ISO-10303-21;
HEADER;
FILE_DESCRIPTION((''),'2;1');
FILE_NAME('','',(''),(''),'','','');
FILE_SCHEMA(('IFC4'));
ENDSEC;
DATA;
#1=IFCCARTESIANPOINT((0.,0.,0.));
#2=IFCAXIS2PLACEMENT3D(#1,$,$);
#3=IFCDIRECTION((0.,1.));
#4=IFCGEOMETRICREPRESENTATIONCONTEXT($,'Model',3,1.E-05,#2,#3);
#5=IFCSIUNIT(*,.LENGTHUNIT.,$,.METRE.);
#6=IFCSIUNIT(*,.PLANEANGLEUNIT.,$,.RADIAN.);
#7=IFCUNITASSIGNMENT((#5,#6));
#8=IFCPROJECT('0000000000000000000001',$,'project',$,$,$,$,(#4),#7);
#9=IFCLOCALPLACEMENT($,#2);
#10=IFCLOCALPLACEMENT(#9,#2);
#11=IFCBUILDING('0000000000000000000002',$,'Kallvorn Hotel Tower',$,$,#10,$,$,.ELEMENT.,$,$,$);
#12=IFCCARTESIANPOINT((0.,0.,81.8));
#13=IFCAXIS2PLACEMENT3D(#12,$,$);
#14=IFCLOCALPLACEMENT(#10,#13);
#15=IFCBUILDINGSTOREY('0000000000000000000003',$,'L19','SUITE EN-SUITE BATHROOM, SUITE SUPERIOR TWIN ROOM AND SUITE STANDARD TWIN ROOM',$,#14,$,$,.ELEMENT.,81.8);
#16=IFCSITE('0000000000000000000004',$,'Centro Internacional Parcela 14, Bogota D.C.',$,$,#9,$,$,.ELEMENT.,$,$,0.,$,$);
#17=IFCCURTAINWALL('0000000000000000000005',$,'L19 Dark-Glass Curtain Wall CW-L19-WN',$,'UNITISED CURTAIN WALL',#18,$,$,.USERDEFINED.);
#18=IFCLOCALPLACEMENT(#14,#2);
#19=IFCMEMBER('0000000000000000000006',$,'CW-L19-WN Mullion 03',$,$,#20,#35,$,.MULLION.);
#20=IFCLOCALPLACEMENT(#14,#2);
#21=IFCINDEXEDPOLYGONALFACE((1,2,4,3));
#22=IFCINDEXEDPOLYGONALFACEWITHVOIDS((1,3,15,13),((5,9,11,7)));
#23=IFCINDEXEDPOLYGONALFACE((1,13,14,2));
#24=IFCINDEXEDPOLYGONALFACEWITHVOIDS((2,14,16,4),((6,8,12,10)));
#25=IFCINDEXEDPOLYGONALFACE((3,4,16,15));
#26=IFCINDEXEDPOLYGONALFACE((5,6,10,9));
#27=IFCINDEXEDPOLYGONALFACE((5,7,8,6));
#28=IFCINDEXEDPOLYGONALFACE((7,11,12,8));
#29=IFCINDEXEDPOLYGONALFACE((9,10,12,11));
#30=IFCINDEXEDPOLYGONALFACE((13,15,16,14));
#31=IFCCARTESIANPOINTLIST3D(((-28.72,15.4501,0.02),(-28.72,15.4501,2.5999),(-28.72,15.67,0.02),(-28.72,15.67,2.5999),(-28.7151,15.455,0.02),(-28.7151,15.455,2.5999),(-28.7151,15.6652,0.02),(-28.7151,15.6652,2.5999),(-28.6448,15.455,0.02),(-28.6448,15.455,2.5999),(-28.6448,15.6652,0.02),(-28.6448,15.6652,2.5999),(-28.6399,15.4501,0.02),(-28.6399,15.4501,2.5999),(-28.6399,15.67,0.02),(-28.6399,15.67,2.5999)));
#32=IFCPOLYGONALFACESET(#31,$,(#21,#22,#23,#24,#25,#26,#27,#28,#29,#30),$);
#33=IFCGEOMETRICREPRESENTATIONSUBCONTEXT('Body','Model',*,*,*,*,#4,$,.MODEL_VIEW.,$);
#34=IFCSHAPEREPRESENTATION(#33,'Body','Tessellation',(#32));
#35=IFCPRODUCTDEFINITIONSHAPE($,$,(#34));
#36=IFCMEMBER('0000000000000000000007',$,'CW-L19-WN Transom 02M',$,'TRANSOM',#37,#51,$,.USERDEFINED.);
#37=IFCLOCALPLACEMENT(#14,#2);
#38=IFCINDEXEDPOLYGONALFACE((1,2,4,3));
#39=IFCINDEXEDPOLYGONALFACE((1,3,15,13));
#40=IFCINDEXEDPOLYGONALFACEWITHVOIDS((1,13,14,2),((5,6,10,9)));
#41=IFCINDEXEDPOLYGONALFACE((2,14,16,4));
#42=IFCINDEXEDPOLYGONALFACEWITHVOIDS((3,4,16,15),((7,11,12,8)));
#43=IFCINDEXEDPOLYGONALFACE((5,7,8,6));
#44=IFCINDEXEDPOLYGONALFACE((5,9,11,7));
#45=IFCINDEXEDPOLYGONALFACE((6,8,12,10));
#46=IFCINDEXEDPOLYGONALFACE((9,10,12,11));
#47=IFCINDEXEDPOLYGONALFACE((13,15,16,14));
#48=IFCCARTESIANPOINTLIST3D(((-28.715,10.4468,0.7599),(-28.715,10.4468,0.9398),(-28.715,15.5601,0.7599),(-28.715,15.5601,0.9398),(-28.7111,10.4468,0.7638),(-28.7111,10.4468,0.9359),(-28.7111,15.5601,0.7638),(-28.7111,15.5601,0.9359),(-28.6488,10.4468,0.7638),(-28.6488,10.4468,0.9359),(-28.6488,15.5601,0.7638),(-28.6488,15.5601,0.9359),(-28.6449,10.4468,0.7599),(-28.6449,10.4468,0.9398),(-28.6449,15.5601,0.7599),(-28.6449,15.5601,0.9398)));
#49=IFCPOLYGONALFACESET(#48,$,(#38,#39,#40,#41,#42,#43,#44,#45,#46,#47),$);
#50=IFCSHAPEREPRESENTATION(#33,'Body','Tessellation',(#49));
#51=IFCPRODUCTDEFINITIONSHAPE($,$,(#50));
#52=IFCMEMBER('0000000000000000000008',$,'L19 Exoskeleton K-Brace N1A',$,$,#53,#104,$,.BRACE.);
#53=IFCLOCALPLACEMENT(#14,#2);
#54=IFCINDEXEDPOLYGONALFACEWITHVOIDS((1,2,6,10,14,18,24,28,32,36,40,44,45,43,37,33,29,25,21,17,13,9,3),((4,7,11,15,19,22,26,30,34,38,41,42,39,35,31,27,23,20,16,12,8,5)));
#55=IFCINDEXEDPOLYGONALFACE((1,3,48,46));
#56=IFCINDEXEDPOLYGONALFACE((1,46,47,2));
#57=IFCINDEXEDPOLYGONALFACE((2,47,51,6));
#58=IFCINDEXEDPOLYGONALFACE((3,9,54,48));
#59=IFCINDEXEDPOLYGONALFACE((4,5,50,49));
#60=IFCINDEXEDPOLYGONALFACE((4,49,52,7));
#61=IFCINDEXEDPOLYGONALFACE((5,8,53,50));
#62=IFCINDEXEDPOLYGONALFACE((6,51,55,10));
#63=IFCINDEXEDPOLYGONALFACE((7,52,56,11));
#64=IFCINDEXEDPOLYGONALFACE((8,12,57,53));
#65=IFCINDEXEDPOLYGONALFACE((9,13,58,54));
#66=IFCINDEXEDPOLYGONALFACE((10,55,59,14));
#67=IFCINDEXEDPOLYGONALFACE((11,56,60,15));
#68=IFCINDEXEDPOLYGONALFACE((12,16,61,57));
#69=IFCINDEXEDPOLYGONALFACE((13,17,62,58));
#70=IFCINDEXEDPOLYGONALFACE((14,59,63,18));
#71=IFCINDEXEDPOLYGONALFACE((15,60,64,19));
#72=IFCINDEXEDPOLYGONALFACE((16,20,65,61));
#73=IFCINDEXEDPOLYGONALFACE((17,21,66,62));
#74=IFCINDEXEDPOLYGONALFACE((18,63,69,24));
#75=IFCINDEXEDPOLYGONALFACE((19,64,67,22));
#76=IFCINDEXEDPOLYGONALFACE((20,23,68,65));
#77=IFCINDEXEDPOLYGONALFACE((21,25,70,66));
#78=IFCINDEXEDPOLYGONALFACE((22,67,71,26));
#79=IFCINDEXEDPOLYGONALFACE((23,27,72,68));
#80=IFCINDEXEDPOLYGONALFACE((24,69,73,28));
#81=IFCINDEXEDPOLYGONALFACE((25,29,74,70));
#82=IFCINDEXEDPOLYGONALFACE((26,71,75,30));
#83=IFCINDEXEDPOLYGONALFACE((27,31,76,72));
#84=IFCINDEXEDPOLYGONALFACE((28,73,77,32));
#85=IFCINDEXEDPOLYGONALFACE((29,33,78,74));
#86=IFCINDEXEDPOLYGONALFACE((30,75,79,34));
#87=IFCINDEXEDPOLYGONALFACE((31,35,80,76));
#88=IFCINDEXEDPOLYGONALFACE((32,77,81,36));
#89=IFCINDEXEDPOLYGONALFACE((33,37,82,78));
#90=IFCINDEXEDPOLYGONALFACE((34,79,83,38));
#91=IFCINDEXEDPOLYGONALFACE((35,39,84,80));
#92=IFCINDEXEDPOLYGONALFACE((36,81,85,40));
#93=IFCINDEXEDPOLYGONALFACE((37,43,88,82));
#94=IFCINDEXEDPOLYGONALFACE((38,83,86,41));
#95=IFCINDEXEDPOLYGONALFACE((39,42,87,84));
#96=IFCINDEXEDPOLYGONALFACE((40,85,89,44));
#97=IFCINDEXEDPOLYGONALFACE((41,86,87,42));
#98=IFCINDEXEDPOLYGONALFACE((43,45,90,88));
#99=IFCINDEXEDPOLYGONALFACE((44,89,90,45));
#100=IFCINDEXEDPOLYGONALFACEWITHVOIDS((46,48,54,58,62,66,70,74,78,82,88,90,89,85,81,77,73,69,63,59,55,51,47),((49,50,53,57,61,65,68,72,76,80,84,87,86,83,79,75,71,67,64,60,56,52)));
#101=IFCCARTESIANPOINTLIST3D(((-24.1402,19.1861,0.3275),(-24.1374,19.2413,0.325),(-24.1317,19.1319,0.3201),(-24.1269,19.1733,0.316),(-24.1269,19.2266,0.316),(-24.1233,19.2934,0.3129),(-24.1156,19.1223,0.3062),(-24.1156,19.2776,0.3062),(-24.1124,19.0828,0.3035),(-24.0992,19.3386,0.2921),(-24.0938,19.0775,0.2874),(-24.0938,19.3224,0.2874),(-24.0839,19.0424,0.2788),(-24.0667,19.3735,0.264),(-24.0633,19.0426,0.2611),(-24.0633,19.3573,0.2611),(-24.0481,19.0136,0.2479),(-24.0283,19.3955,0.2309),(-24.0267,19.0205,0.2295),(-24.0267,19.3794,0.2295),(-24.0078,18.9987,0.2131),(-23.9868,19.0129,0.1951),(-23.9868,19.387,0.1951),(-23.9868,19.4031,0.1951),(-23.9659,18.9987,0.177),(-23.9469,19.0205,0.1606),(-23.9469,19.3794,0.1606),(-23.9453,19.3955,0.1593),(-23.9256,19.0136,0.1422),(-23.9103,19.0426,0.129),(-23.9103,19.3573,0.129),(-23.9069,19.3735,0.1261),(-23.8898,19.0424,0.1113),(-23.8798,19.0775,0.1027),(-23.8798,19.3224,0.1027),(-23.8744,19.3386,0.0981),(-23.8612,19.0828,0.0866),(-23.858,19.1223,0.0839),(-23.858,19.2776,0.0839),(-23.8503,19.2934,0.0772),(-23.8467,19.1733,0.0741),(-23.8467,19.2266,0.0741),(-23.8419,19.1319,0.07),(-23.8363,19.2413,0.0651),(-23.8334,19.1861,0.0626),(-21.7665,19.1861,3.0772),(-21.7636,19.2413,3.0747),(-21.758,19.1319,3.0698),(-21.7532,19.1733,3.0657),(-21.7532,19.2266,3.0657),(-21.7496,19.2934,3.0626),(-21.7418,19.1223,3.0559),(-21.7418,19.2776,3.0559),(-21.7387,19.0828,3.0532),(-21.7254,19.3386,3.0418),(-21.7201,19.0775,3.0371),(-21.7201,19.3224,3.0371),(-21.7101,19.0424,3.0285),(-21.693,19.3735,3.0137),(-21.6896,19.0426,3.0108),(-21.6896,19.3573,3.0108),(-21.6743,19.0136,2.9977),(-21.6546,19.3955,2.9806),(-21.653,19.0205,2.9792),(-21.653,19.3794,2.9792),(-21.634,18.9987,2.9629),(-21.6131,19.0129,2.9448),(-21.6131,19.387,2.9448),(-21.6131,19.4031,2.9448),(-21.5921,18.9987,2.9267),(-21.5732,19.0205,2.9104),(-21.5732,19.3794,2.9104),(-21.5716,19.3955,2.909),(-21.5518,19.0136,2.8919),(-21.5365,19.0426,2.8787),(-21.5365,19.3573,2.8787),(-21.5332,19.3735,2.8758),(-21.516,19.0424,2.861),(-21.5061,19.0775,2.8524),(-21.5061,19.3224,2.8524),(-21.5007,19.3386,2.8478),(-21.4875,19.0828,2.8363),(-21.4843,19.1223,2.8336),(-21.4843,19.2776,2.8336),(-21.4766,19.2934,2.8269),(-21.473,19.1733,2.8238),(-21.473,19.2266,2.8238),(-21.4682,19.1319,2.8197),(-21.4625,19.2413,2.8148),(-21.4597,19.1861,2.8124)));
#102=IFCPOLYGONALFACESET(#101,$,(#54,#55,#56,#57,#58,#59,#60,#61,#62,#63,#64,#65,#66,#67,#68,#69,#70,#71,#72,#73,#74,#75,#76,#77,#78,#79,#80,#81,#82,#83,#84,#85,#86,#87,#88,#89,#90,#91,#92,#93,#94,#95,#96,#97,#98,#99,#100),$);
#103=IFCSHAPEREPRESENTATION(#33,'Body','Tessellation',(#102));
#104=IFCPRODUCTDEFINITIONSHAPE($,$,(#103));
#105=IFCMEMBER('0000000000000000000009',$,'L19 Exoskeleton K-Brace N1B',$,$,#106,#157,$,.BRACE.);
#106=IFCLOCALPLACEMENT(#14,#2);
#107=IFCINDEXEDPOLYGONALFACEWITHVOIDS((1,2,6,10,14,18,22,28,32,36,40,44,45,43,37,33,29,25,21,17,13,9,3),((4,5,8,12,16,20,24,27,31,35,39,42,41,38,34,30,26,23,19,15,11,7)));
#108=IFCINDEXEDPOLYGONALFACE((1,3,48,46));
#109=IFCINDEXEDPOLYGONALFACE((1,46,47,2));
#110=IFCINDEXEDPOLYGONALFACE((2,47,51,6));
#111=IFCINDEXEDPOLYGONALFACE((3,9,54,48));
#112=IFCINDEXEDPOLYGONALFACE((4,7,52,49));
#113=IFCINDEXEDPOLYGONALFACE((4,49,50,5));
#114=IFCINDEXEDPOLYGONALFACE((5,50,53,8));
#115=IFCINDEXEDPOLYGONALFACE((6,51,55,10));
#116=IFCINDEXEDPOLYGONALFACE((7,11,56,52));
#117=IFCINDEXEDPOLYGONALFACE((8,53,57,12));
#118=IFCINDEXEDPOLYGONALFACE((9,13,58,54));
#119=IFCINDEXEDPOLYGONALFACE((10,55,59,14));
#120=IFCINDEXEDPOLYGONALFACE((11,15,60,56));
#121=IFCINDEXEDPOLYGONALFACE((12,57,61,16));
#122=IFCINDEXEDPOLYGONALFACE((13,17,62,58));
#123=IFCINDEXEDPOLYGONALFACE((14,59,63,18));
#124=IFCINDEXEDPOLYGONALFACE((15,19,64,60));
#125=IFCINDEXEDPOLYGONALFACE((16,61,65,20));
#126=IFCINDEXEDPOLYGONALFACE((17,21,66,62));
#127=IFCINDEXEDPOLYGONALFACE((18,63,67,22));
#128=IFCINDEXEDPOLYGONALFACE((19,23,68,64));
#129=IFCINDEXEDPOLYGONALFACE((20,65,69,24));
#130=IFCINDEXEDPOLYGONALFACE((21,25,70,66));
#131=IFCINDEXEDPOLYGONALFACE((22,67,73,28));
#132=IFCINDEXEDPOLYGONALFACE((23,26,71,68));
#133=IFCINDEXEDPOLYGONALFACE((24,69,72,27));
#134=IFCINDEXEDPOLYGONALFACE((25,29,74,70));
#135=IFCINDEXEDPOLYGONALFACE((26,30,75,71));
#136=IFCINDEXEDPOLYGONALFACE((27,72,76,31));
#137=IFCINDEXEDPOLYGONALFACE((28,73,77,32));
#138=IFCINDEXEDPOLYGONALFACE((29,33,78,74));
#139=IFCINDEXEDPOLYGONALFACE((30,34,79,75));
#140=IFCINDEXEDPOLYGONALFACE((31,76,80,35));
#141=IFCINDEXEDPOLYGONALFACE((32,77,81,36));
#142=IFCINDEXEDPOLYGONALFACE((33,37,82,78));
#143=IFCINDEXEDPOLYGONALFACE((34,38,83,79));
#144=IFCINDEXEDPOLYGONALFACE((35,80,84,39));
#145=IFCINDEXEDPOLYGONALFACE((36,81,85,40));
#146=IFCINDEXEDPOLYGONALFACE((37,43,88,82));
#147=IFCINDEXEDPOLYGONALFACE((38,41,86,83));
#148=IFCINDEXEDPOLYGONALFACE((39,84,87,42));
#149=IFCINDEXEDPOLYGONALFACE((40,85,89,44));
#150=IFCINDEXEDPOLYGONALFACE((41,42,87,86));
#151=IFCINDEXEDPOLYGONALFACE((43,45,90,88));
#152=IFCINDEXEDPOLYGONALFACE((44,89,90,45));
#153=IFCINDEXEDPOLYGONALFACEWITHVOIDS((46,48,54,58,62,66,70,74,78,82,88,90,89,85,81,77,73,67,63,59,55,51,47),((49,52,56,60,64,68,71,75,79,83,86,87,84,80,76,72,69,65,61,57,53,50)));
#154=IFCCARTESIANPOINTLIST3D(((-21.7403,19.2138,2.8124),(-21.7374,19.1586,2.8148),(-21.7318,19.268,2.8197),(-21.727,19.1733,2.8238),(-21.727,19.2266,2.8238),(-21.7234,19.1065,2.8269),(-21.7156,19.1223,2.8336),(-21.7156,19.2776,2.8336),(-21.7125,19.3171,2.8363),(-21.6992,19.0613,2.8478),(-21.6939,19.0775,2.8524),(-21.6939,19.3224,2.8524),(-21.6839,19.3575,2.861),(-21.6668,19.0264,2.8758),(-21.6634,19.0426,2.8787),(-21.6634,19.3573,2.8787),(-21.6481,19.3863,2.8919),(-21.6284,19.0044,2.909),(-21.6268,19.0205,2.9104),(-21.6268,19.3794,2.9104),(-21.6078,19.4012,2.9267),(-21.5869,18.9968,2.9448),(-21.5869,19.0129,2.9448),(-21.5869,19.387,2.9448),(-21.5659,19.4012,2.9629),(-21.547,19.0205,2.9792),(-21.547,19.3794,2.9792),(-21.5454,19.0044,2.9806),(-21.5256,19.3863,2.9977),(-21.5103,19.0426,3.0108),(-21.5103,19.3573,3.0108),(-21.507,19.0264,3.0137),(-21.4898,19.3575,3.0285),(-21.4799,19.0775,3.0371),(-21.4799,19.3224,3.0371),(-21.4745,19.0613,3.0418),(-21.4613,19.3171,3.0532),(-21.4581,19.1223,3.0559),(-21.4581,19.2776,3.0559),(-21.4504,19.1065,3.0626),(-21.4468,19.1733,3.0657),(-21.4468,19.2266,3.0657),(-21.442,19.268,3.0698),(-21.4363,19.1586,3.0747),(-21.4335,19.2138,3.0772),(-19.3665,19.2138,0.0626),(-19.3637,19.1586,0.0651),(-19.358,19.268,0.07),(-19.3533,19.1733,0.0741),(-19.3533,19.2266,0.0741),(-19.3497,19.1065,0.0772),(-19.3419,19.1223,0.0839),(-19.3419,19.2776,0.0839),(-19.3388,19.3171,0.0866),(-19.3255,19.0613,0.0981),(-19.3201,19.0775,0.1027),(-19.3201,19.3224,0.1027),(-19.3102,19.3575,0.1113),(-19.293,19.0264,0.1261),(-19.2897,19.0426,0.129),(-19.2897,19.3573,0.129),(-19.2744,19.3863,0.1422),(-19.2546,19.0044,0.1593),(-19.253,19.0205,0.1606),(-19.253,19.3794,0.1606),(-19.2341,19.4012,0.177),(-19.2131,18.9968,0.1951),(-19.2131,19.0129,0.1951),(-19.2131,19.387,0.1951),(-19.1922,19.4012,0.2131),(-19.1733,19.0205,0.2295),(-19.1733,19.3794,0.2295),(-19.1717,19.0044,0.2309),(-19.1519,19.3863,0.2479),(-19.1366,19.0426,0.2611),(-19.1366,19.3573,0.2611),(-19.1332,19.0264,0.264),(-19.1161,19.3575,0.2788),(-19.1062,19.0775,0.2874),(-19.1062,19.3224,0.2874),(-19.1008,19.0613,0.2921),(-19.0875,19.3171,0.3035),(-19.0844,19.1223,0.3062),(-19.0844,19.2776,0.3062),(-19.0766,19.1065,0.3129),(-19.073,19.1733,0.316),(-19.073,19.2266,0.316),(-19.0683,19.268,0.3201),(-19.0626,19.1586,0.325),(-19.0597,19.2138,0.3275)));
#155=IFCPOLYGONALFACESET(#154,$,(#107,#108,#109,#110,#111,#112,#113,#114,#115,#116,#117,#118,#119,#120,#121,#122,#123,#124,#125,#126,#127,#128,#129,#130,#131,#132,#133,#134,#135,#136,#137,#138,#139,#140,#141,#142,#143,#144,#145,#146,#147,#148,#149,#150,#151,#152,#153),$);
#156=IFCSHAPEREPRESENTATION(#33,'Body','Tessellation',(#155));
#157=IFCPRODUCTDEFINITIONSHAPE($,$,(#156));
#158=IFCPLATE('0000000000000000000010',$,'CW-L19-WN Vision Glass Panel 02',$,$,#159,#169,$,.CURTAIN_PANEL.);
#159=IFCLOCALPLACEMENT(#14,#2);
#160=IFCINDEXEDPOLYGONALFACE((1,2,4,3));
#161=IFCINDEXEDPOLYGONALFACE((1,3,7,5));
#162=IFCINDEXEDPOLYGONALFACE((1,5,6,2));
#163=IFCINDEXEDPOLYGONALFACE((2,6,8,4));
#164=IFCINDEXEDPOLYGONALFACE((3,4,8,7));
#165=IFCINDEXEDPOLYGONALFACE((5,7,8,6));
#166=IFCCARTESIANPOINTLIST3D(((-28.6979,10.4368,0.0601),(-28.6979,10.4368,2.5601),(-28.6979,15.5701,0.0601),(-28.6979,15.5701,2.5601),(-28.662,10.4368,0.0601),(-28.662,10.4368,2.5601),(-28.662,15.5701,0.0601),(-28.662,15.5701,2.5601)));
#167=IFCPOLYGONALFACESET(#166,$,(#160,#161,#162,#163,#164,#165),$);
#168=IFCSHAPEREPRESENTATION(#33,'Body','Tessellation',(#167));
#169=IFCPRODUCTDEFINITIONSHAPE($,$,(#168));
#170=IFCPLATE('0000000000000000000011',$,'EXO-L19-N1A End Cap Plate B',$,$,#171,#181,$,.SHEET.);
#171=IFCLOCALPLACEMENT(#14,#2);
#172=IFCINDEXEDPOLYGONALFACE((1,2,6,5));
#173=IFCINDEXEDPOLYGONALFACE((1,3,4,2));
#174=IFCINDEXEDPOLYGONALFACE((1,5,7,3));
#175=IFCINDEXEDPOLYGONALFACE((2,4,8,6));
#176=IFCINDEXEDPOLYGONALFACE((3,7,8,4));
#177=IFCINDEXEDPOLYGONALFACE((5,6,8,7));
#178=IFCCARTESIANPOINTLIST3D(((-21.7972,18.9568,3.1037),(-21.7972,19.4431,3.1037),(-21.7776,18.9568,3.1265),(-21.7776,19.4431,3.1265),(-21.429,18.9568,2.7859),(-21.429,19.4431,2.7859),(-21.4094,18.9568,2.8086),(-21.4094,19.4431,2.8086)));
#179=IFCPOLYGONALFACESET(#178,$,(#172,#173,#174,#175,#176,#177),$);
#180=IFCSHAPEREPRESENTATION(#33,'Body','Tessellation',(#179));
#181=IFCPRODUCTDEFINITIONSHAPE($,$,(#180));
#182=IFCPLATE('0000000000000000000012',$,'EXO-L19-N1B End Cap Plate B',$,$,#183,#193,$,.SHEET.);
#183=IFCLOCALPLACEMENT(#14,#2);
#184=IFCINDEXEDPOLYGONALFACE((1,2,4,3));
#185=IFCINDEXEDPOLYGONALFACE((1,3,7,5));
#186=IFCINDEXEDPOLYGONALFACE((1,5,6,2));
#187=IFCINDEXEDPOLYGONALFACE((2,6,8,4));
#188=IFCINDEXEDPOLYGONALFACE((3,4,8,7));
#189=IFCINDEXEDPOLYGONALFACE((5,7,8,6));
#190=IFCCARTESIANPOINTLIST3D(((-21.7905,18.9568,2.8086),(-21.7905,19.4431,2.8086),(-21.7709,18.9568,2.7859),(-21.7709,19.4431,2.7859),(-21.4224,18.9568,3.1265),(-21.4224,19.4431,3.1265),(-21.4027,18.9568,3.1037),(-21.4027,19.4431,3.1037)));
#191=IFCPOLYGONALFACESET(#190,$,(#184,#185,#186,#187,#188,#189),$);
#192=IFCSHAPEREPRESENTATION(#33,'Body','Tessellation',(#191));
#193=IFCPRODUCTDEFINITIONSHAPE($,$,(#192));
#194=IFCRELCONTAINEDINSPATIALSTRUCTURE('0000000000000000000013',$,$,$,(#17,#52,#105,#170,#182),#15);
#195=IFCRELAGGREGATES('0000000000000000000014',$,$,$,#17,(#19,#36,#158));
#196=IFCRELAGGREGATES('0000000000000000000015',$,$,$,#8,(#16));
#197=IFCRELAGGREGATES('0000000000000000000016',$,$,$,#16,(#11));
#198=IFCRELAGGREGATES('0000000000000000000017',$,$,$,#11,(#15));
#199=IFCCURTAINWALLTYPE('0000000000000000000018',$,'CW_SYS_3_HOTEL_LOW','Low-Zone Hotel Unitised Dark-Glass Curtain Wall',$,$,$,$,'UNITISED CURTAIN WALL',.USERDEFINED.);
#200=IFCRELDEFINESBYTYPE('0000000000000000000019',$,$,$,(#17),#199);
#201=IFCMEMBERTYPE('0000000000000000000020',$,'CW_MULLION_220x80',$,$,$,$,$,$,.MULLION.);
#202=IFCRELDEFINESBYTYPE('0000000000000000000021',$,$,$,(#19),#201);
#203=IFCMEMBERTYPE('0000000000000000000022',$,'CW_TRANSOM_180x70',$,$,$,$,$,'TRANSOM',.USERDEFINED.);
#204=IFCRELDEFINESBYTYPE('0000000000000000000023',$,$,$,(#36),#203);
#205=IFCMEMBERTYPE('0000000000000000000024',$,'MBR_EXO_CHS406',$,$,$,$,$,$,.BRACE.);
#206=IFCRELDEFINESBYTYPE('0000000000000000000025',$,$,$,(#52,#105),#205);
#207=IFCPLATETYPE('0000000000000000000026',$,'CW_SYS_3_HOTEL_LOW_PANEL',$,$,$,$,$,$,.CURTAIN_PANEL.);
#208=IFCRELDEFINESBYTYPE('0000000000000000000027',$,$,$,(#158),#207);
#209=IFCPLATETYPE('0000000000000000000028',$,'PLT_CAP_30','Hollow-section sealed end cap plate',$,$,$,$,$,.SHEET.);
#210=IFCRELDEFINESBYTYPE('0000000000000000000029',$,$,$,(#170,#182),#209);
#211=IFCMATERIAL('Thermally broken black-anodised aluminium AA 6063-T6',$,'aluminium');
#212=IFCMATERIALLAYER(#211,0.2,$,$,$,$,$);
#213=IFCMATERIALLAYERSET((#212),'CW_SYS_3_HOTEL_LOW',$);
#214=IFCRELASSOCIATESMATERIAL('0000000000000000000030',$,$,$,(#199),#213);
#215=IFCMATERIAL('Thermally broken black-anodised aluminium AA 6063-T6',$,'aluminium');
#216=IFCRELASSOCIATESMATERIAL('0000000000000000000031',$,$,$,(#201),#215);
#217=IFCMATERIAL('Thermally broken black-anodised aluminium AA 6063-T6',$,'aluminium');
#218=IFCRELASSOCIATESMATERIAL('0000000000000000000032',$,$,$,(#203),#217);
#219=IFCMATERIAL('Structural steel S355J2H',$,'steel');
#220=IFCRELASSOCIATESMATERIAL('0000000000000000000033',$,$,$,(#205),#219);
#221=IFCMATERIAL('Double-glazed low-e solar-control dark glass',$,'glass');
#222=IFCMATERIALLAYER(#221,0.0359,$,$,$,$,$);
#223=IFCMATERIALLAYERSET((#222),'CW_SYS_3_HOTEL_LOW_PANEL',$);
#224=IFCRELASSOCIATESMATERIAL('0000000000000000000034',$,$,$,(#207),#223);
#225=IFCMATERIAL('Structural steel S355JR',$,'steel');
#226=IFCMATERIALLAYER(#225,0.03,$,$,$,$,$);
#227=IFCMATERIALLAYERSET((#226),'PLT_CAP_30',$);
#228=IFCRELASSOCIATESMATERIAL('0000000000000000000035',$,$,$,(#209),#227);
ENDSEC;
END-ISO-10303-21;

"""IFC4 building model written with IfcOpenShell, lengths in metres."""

from ifc_helpers import new_model, si_unit, direction, frame, origin, origin_2d, place, context, subcontext, project, spatial, polyline, rectangle, hollow_rectangle, hollow_circle, outline, extrude, material, layer, layer_set, material_profile, profile_set, type_object, element, aggregate, save


model = new_model("IFC4")

# Units and contexts
model_context = context("Model", 3, precision=1e-05, world=origin(), true_north=direction((0.0, 1.0)))
body_context = subcontext(model_context, "Body", "Model", "MODEL_VIEW")
ifc_project = project(units=[si_unit("LENGTHUNIT", "METRE"), si_unit("PLANEANGLEUNIT", "RADIAN")], contexts=[model_context])

# Site, building, storey
site_placement = place(None, origin())
site = spatial("IfcSite", under=ifc_project, at=site_placement, Name="Centro Internacional Parcela 14, Bogota D.C.", CompositionType="ELEMENT", RefElevation=0.0)
building_placement = place(site_placement, origin())
building = spatial("IfcBuilding", under=site, at=building_placement, Name="Kallvorn Hotel Tower", CompositionType="ELEMENT")
storey_placement = place(building_placement, frame((0.0, 0.0, 81.8)))
storey = spatial("IfcBuildingStorey", under=building, at=storey_placement, Name="L19", Description="SUITE EN-SUITE BATHROOM, SUITE SUPERIOR TWIN ROOM AND SUITE STANDARD TWIN ROOM", CompositionType="ELEMENT", Elevation=81.8)

# Curtain wall, members
ifc_material_1 = material(Name="Thermally broken black-anodised aluminium AA 6063-T6", Category="aluminium")
ifc_layer_1 = layer(ifc_material_1, 0.2)
ifc_layer_set_1 = layer_set([ifc_layer_1], Name="CW_SYS_3_HOTEL_LOW")
curtain_wall_type = type_object("IfcCurtainWallType", Name="CW_SYS_3_HOTEL_LOW", Description="Low-Zone Hotel Unitised Dark-Glass Curtain Wall", ElementType="UNITISED CURTAIN WALL", PredefinedType="USERDEFINED", material=ifc_layer_set_1)
curtain_wall_placement = place(storey_placement, origin())
curtain_wall = element("IfcCurtainWall", 1, at=curtain_wall_placement, inside=storey, type_object=curtain_wall_type, Name="L19 Dark-Glass Curtain Wall CW-L19-WN", ObjectType="UNITISED CURTAIN WALL", PredefinedType="USERDEFINED")
ifc_material_2 = material(Name="Thermally broken black-anodised aluminium AA 6063-T6", Category="aluminium")
ifc_material_profile_1 = material_profile(ifc_material_2, hollow_rectangle(XDim=0.0801, YDim=0.22, WallThickness=0.0049, at=origin_2d()), Name="MUL 220x80")
ifc_profile_set_1 = profile_set([ifc_material_profile_1], Name="Thermally broken black-anodised aluminium AA 6063-T6")
member_type_1 = type_object("IfcMemberType", Name="CW_MULLION_220x80", PredefinedType="MULLION", material=ifc_profile_set_1)
member_1_placement = place(storey_placement, frame((-28.6799, 15.5601, 0.02), z_axis=(0.0, 0.0, 1.0), x_axis=(1.0, 0.0, 0.0)))
member_1 = element("IfcMember", 2, at=member_1_placement, type_object=member_type_1, Name="CW-L19-WN Mullion 03", PredefinedType="MULLION", context=body_context, shape_type="SweptSolid", body=[
    extrude(hollow_rectangle(XDim=0.0801, YDim=0.22, WallThickness=0.0049, at=origin_2d()), origin(), (0.0, 0.0, 1.0), 2.5798),
])
ifc_material_3 = material(Name="Thermally broken black-anodised aluminium AA 6063-T6", Category="aluminium")
ifc_material_profile_2 = material_profile(ifc_material_3, hollow_rectangle(XDim=0.0701, YDim=0.1799, WallThickness=0.0039, at=origin_2d()), Name="TRN 180x70")
ifc_profile_set_2 = profile_set([ifc_material_profile_2], Name="Thermally broken black-anodised aluminium AA 6063-T6")
member_type_2 = type_object("IfcMemberType", Name="CW_TRANSOM_180x70", ElementType="TRANSOM", PredefinedType="USERDEFINED", material=ifc_profile_set_2)
member_2_placement = place(storey_placement, frame((-28.6799, 10.4468, 0.8499), z_axis=(0.0, 1.0, 0.0), x_axis=(-1.0, 0.0, 0.0)))
member_2 = element("IfcMember", 3, at=member_2_placement, type_object=member_type_2, Name="CW-L19-WN Transom 02M", ObjectType="TRANSOM", PredefinedType="USERDEFINED", context=body_context, shape_type="SweptSolid", body=[
    extrude(hollow_rectangle(XDim=0.0701, YDim=0.1799, WallThickness=0.0039, at=origin_2d()), origin(), (0.0, 0.0, 1.0), 5.1133),
])

# Members
ifc_material_4 = material(Name="Structural steel S355J2H", Category="steel")
ifc_material_profile_3 = material_profile(ifc_material_4, hollow_circle(Radius=0.2031, WallThickness=0.0161, at=origin_2d()), Name="CHS 406.4x16")
ifc_profile_set_3 = profile_set([ifc_material_profile_3], Name="Structural steel S355J2H")
member_type_3 = type_object("IfcMemberType", Name="MBR_EXO_CHS406", PredefinedType="BRACE", material=ifc_profile_set_3)
for number, where, z_axis, x_axis, name in (
    (4, (-23.9868, 19.2, 0.1951), (0.653461, 0.0, 0.756961), (0.0, 1.0, 0.0), "L19 Exoskeleton K-Brace N1A"),
    (5, (-19.2131, 19.2, 0.1951), (-0.653461, 0.0, 0.756961), (0.0, -1.0, 0.0), "L19 Exoskeleton K-Brace N1B"),
):
    element("IfcMember", number, at=place(storey_placement, frame(where, z_axis=z_axis, x_axis=x_axis)), inside=storey, type_object=member_type_3, Name=name, PredefinedType="BRACE", context=body_context, shape_type="SweptSolid", body=[
        extrude(hollow_circle(Radius=0.2031, WallThickness=0.0161, at=origin_2d()), origin(), (0.0, 0.0, 1.0), 3.6326),
    ])

# Plate
ifc_material_5 = material(Name="Double-glazed low-e solar-control dark glass", Category="glass")
ifc_layer_2 = layer(ifc_material_5, 0.0359)
ifc_layer_set_2 = layer_set([ifc_layer_2], Name="CW_SYS_3_HOTEL_LOW_PANEL")
plate_type_1 = type_object("IfcPlateType", Name="CW_SYS_3_HOTEL_LOW_PANEL", PredefinedType="CURTAIN_PANEL", material=ifc_layer_set_2)
plate_1_placement = place(storey_placement, frame((-28.6799, 13.0034, 0.0601), z_axis=(0.0, 0.0, 1.0), x_axis=(0.0, 1.0, 0.0)))
plate_1 = element("IfcPlate", 6, at=plate_1_placement, type_object=plate_type_1, Name="CW-L19-WN Vision Glass Panel 02", PredefinedType="CURTAIN_PANEL", context=body_context, shape_type="SweptSolid", body=[
    extrude(rectangle(XDim=5.1333, YDim=0.0359, at=origin_2d()), origin(), (0.0, 0.0, 1.0), 2.5),
])
aggregate(curtain_wall, [member_1, member_2, plate_1])

# Plates
ifc_material_6 = material(Name="Structural steel S355JR", Category="steel")
ifc_layer_3 = layer(ifc_material_6, 0.03)
ifc_layer_set_3 = layer_set([ifc_layer_3], Name="PLT_CAP_30")
plate_type_2 = type_object("IfcPlateType", Name="PLT_CAP_30", Description="Hollow-section sealed end cap plate", PredefinedType="SHEET", material=ifc_layer_set_3)
for number, where, z_axis, x_axis, name in (
    (7, (-21.4094, 18.9568, 2.8086), (0.653515, 0.0, 0.756913), (0.0, 1.0, 0.0), "EXO-L19-N1A End Cap Plate B"),
    (8, (-21.7905, 19.4431, 2.8086), (-0.653515, 0.0, 0.756913), (0.0, -1.0, 0.0), "EXO-L19-N1B End Cap Plate B"),
):
    element("IfcPlate", number, at=place(storey_placement, frame(where, z_axis=z_axis, x_axis=x_axis)), inside=storey, type_object=plate_type_2, Name=name, PredefinedType="SHEET", context=body_context, shape_type="SweptSolid", body=[
        extrude(outline(polyline([(0.0, 0.0), (0.4863, 0.0), (0.4863, 0.4864), (0.0, 0.4864), (0.0, 0.0)])), origin(), (0.0, 0.0, -1.0), 0.03),
    ])

save(model, "model.ifc")
